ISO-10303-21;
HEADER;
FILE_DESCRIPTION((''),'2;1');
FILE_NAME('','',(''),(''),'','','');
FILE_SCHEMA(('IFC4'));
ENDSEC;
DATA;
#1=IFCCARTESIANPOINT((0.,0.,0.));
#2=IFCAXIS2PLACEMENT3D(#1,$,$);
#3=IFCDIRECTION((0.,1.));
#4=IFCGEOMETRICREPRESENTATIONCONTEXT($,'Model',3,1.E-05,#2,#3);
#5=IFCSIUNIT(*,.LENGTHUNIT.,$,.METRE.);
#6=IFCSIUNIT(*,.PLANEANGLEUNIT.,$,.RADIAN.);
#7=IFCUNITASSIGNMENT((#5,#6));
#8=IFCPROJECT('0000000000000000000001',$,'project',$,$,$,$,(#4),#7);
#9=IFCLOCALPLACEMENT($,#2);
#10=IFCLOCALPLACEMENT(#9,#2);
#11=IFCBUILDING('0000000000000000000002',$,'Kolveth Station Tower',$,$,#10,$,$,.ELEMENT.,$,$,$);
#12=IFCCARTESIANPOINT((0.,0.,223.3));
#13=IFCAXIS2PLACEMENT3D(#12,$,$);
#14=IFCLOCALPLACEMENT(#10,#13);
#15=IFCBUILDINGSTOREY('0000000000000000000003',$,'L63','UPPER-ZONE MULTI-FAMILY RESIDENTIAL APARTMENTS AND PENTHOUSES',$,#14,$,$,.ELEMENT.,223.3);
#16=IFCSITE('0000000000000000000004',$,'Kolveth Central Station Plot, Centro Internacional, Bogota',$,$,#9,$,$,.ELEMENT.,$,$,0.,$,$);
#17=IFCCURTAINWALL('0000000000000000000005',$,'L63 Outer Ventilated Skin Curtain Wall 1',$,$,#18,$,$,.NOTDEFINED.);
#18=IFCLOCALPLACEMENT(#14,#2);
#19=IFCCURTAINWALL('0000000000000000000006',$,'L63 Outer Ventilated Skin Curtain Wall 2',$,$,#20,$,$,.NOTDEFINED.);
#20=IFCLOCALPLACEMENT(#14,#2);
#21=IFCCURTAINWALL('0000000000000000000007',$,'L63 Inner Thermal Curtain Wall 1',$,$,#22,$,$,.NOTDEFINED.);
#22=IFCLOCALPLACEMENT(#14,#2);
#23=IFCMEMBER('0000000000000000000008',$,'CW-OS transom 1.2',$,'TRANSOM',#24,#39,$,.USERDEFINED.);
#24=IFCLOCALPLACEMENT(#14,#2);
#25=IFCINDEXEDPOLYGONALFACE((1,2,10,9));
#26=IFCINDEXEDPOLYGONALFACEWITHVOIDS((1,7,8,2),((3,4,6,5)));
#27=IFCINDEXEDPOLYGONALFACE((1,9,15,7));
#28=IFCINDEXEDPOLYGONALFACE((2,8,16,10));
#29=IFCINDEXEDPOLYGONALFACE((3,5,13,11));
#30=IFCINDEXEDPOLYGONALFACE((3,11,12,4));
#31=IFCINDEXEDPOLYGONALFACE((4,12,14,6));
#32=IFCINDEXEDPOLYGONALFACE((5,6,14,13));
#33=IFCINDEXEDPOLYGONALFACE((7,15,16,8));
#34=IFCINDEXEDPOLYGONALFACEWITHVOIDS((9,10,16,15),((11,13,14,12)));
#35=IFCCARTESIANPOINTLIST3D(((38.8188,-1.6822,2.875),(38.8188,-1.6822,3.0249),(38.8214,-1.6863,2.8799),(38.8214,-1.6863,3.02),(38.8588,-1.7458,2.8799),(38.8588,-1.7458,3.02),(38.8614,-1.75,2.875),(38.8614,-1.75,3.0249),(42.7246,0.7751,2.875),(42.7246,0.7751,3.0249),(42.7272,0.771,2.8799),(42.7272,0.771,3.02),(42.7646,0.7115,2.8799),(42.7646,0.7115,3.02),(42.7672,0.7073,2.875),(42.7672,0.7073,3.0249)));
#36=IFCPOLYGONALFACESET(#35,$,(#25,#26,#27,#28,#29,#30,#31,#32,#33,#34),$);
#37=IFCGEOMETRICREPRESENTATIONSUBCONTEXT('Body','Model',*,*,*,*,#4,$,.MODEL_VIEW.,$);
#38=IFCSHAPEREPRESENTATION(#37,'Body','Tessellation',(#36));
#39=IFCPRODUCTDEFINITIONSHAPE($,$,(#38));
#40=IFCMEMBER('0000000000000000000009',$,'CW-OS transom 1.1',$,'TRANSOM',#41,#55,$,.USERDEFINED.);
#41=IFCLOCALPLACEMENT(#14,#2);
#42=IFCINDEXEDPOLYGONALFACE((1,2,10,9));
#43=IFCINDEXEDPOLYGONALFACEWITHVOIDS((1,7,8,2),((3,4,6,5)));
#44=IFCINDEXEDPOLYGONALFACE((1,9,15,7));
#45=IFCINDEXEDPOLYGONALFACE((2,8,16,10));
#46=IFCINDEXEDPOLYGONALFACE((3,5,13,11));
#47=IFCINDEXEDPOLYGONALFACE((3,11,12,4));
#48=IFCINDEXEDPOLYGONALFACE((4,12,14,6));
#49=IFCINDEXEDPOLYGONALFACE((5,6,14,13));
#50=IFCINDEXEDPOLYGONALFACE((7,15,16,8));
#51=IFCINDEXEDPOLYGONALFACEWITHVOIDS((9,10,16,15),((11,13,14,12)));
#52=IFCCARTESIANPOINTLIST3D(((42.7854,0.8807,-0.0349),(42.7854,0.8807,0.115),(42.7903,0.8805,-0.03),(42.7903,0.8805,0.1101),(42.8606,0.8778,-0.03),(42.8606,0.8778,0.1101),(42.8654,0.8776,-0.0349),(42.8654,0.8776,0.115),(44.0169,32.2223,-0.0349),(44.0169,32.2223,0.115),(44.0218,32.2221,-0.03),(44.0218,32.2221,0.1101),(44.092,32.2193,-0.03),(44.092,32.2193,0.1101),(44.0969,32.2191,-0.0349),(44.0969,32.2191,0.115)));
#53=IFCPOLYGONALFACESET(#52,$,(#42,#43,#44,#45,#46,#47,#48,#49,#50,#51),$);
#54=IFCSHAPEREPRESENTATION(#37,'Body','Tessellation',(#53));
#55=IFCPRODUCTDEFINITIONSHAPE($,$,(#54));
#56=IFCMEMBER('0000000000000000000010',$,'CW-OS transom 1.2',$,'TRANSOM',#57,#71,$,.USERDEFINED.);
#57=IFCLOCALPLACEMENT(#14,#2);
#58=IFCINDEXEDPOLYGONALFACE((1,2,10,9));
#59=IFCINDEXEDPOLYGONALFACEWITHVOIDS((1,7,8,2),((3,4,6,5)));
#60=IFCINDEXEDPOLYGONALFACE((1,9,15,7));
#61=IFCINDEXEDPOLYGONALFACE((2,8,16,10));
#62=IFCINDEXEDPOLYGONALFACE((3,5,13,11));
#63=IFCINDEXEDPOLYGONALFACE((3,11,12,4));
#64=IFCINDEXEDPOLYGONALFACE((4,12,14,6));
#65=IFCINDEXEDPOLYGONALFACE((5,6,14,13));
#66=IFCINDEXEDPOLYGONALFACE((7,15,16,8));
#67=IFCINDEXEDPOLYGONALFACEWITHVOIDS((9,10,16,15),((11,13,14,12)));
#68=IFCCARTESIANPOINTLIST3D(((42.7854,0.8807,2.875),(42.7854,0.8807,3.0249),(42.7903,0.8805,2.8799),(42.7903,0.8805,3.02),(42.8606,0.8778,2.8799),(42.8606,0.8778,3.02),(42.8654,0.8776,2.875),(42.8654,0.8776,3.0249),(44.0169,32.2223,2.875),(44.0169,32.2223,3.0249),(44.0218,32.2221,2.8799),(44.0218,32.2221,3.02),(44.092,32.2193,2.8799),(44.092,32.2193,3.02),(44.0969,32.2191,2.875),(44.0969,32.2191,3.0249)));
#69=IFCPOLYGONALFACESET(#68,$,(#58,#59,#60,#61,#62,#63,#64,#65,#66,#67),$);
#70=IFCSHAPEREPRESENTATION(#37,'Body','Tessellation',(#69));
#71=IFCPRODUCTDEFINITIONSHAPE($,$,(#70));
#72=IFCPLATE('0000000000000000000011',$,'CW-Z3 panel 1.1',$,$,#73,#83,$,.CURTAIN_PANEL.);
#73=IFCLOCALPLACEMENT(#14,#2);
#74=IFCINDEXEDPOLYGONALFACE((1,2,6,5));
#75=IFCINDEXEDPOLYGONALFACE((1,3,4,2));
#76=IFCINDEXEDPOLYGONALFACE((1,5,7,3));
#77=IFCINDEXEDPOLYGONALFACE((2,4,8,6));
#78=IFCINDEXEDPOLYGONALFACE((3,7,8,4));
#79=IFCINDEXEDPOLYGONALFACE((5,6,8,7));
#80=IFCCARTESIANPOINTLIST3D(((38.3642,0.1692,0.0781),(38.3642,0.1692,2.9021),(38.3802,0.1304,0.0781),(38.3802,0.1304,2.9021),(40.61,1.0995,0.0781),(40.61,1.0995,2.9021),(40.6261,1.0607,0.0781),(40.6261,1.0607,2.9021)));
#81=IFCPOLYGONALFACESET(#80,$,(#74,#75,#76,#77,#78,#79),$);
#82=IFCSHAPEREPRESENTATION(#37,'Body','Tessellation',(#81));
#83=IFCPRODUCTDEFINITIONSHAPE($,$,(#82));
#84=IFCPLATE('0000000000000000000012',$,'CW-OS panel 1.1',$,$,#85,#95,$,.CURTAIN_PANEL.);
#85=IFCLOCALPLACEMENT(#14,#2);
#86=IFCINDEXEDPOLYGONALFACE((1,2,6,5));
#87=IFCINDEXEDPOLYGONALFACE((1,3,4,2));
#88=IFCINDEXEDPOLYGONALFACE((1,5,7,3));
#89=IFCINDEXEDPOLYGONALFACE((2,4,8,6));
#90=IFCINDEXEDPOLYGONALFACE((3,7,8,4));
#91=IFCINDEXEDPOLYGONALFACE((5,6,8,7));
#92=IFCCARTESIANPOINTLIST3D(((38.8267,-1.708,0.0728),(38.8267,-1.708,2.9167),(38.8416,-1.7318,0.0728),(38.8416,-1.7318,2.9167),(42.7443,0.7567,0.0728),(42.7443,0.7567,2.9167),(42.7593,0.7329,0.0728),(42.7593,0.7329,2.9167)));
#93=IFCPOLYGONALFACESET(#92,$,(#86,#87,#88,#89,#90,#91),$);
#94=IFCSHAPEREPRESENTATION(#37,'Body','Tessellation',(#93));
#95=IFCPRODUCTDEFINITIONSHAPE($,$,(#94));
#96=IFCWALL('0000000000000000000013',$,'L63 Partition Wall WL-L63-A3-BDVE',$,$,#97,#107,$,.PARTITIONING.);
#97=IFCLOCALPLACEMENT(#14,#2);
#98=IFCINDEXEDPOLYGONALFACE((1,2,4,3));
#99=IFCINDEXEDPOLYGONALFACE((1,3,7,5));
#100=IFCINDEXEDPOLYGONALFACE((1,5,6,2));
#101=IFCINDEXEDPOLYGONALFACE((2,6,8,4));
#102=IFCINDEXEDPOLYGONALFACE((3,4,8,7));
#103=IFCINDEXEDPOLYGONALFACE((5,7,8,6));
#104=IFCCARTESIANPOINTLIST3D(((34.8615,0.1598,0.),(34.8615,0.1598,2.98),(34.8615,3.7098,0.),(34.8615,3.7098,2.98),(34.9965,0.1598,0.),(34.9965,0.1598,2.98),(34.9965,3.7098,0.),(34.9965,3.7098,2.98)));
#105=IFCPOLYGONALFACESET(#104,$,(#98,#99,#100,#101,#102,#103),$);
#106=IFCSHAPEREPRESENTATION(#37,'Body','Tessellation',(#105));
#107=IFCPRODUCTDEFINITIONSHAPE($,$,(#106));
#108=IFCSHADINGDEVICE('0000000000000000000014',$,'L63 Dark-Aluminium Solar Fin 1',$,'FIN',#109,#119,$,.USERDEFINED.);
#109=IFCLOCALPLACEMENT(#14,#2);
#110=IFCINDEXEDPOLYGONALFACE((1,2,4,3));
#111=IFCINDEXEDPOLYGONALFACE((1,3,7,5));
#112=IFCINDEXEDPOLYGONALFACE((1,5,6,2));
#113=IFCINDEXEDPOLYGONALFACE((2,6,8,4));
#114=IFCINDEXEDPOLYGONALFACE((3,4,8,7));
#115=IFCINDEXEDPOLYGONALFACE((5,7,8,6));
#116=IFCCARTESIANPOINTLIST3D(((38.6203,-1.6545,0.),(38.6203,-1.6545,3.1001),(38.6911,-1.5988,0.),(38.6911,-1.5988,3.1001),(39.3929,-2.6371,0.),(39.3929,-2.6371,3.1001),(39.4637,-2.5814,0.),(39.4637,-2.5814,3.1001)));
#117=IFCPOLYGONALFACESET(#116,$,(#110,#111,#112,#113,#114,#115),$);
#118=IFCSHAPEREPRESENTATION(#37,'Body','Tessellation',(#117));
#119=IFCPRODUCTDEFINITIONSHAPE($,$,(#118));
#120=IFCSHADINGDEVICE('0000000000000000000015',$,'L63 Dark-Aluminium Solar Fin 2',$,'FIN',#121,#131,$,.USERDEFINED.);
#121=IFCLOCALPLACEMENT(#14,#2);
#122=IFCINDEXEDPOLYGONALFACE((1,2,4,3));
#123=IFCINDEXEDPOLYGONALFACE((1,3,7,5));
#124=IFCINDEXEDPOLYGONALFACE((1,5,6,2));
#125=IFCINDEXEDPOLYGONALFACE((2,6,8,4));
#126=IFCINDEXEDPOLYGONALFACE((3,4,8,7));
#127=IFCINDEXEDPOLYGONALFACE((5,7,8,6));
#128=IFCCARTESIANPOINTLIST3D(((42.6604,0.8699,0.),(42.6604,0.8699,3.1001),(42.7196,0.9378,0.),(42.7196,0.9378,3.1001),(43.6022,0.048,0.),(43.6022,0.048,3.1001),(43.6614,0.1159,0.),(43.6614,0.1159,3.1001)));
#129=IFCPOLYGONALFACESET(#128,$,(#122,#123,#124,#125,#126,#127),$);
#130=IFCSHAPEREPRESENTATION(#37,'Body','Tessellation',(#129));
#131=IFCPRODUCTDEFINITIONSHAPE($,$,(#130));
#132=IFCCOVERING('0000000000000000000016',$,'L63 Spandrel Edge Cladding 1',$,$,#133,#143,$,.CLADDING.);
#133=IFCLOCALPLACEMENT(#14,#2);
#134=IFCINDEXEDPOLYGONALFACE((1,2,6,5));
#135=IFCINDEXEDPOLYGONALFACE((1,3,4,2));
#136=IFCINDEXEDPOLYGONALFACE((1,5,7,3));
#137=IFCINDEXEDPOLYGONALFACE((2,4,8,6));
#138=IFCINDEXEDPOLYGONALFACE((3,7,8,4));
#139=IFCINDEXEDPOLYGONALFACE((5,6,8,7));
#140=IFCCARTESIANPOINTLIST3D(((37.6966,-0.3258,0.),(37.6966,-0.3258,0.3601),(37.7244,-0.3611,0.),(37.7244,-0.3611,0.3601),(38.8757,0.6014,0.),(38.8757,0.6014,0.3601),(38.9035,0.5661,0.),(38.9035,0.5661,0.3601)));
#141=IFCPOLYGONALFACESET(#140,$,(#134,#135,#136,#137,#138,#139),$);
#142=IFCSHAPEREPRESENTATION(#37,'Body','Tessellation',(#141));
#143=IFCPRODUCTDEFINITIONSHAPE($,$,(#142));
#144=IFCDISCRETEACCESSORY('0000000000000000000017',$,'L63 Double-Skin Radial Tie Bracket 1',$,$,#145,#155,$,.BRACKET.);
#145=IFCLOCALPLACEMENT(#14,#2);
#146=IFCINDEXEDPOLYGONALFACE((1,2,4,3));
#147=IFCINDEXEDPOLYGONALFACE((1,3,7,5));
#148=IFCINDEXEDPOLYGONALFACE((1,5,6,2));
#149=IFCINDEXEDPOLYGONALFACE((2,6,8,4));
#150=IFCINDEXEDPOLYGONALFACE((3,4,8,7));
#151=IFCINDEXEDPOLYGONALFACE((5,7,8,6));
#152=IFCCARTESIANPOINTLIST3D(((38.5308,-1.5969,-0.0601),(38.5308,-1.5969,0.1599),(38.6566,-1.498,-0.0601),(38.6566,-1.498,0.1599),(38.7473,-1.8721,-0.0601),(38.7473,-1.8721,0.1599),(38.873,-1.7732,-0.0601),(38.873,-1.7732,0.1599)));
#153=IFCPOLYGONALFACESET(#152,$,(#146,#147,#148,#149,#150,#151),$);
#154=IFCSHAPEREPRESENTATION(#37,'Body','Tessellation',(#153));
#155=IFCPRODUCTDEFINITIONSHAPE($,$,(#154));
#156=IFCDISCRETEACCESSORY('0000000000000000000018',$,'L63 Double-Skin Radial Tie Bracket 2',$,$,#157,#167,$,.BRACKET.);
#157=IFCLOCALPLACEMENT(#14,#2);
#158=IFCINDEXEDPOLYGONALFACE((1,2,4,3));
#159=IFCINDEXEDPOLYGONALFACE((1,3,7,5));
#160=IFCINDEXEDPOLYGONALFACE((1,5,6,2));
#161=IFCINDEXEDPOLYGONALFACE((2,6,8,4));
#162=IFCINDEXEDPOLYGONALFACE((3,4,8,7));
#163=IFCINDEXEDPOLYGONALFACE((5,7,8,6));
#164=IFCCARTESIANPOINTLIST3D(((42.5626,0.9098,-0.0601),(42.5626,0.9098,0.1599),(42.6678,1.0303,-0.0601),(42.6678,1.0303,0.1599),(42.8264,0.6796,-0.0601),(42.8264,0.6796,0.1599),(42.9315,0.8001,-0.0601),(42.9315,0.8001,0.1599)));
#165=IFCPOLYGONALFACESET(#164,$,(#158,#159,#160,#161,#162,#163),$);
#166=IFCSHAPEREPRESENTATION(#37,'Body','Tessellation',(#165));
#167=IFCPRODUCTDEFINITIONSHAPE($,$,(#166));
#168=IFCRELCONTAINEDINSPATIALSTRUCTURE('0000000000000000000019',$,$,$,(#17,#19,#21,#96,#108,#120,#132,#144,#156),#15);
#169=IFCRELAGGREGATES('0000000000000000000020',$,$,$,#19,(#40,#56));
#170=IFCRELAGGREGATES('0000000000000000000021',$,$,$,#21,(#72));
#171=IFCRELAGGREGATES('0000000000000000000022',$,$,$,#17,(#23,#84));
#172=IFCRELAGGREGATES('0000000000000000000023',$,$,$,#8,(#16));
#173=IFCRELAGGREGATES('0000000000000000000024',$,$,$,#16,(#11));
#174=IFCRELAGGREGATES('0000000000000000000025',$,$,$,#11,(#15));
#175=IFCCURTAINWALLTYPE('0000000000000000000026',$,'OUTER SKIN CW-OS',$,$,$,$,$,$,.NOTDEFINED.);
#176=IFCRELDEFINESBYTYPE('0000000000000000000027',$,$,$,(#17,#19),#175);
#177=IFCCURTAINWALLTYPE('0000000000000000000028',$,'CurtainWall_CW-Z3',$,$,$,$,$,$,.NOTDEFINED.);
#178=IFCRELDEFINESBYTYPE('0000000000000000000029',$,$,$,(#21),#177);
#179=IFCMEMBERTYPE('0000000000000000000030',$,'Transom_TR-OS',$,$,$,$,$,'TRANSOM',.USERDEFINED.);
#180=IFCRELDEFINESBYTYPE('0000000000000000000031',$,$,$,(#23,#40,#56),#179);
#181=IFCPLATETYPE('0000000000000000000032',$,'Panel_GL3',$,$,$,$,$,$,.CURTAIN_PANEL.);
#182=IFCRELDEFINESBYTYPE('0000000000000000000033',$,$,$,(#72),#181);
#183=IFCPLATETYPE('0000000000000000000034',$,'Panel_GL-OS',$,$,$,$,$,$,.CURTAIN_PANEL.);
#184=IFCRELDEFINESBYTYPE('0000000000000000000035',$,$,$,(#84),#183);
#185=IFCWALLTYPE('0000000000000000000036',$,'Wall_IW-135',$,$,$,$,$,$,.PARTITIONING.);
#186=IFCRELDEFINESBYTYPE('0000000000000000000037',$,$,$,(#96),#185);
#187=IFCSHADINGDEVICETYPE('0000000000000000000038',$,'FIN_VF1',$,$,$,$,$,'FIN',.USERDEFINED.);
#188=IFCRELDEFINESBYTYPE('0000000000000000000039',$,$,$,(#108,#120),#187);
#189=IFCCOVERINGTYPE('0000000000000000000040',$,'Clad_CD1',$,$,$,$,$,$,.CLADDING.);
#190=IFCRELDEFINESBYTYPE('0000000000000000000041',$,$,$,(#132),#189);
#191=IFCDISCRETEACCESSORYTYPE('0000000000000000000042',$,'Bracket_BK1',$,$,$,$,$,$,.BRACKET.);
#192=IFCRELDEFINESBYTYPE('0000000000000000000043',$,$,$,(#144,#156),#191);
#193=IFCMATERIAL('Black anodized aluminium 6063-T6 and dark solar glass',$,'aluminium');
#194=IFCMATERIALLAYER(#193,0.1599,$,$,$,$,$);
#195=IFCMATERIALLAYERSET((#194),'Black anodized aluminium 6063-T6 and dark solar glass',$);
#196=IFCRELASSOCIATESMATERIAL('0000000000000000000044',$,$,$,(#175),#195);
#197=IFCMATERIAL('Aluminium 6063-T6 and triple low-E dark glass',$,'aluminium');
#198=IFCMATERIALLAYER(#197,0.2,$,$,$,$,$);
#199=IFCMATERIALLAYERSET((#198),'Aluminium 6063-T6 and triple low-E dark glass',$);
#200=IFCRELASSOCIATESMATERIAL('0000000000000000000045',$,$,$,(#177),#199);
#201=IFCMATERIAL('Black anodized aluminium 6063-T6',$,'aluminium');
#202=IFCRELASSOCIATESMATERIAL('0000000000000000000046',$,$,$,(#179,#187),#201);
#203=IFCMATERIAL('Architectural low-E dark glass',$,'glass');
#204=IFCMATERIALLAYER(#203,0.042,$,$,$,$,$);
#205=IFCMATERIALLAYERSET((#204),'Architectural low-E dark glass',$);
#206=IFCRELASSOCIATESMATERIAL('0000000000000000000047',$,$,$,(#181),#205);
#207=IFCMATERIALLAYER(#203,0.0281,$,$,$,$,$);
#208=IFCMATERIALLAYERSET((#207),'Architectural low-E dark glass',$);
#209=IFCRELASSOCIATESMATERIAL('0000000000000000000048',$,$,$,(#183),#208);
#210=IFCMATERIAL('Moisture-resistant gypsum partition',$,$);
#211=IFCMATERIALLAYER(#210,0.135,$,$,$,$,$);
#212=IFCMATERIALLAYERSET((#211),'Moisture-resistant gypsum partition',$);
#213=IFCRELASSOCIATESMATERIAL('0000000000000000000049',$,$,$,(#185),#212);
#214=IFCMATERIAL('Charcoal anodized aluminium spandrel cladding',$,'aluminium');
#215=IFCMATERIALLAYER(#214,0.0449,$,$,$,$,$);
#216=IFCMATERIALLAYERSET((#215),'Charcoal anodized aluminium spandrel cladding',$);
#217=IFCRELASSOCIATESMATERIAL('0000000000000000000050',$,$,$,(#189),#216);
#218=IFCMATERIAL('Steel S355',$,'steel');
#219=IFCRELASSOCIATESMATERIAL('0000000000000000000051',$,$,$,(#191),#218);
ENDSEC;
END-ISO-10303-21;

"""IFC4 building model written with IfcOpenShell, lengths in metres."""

from ifc_helpers import new_model, si_unit, direction, frame, frame_2d, origin, origin_2d, place, context, subcontext, project, spatial, rectangle, hollow_rectangle, extrude, source, transform, mapped, material, layer, layer_set, material_profile, profile_set, type_object, element, aggregate, save


model = new_model("IFC4")

# Units and contexts
model_context = context("Model", 3, precision=1e-05, world=origin(), true_north=direction((0.0, 1.0)))
body_context = subcontext(model_context, "Body", "Model", "MODEL_VIEW")
ifc_project = project(units=[si_unit("LENGTHUNIT", "METRE"), si_unit("PLANEANGLEUNIT", "RADIAN")], contexts=[model_context])

# Site, building, storey
site_placement = place(None, origin())
site = spatial("IfcSite", under=ifc_project, at=site_placement, Name="Kolveth Central Station Plot, Centro Internacional, Bogota", CompositionType="ELEMENT", RefElevation=0.0)
building_placement = place(site_placement, origin())
building = spatial("IfcBuilding", under=site, at=building_placement, Name="Kolveth Station Tower", CompositionType="ELEMENT")
storey_placement = place(building_placement, frame((0.0, 0.0, 223.3)))
storey = spatial("IfcBuildingStorey", under=building, at=storey_placement, Name="L63", Description="UPPER-ZONE MULTI-FAMILY RESIDENTIAL APARTMENTS AND PENTHOUSES", CompositionType="ELEMENT", Elevation=223.3)

# Curtain wall
ifc_material_1 = material(Name="Black anodized aluminium 6063-T6 and dark solar glass", Category="aluminium")
ifc_layer_1 = layer(ifc_material_1, 0.1599)
ifc_layer_set_1 = layer_set([ifc_layer_1], Name="Black anodized aluminium 6063-T6 and dark solar glass")
curtain_wall_type_1 = type_object("IfcCurtainWallType", Name="OUTER SKIN CW-OS", PredefinedType="NOTDEFINED", material=ifc_layer_set_1)
curtain_wall_1_placement = place(storey_placement, origin())
curtain_wall_1 = element("IfcCurtainWall", 1, at=curtain_wall_1_placement, inside=storey, type_object=curtain_wall_type_1, Name="L63 Outer Ventilated Skin Curtain Wall 1", PredefinedType="NOTDEFINED")
ifc_material_2 = material(Name="Black anodized aluminium 6063-T6", Category="aluminium")

# Curtain wall
curtain_wall_2_placement = place(storey_placement, origin())
curtain_wall_2 = element("IfcCurtainWall", 2, at=curtain_wall_2_placement, inside=storey, type_object=curtain_wall_type_1, Name="L63 Outer Ventilated Skin Curtain Wall 2", PredefinedType="NOTDEFINED")

# Curtain wall
ifc_material_3 = material(Name="Aluminium 6063-T6 and triple low-E dark glass", Category="aluminium")
ifc_layer_2 = layer(ifc_material_3, 0.2)
ifc_layer_set_2 = layer_set([ifc_layer_2], Name="Aluminium 6063-T6 and triple low-E dark glass")
curtain_wall_type_2 = type_object("IfcCurtainWallType", Name="CurtainWall_CW-Z3", PredefinedType="NOTDEFINED", material=ifc_layer_set_2)
curtain_wall_3_placement = place(storey_placement, origin())
curtain_wall_3 = element("IfcCurtainWall", 3, at=curtain_wall_3_placement, inside=storey, type_object=curtain_wall_type_2, Name="L63 Inner Thermal Curtain Wall 1", PredefinedType="NOTDEFINED")

# Members
ifc_material_profile_1 = material_profile(ifc_material_2, hollow_rectangle(XDim=0.0801, YDim=0.1499, WallThickness=0.0049, at=origin_2d()), Name="ALU-80x150x5")
ifc_profile_set_1 = profile_set([ifc_material_profile_1], Name="Black anodized aluminium 6063-T6")
member_type_1 = type_object("IfcMemberType", Name="Transom_TR-OS", ElementType="TRANSOM", PredefinedType="USERDEFINED", material=ifc_profile_set_1)
shared_shape_1 = source(origin(), body_context, "Body", "SweptSolid", [
    extrude(hollow_rectangle(XDim=0.0801, YDim=0.1499, WallThickness=0.0049, at=origin_2d()), origin(), (0.0, 0.0, 1.0), 4.6145),
])
member_1_placement = place(storey_placement, frame((38.8401, -1.7161, 2.95), z_axis=(0.846419, 0.532517, 0.0), x_axis=(-0.532517, 0.846419, 0.0)))
member_1 = element("IfcMember", 4, at=member_1_placement, type_object=member_type_1, Name="CW-OS transom 1.2", ObjectType="TRANSOM", PredefinedType="USERDEFINED", context=body_context, shape_type="MappedRepresentation", body=[
    mapped(shared_shape_1, transform((0.0, 0.0, 0.0), x_axis=(1.0, 0.0, 0.0), y_axis=(0.0, 1.0, 0.0), z_axis=(0.0, 0.0, 1.0), scale=1.0)),
])
shared_shape_2 = source(origin(), body_context, "Body", "SweptSolid", [
    extrude(hollow_rectangle(XDim=0.0801, YDim=0.1499, WallThickness=0.0049, at=origin_2d()), origin(), (0.0, 0.0, 1.0), 31.3657),
])
member_2_placement = place(storey_placement, frame((42.8254, 0.8792, 0.04), z_axis=(0.039261, 0.999229, 0.0), x_axis=(-0.999229, 0.039261, 0.0)))
member_2 = element("IfcMember", 5, at=member_2_placement, type_object=member_type_1, Name="CW-OS transom 1.1", ObjectType="TRANSOM", PredefinedType="USERDEFINED", context=body_context, shape_type="MappedRepresentation", body=[
    mapped(shared_shape_2, transform((0.0, 0.0, 0.0), x_axis=(1.0, 0.0, 0.0), y_axis=(0.0, 1.0, 0.0), z_axis=(0.0, 0.0, 1.0), scale=1.0)),
])
member_3_placement = place(storey_placement, frame((42.8254, 0.8792, 2.95), z_axis=(0.039261, 0.999229, 0.0), x_axis=(-0.999229, 0.039261, 0.0)))
member_3 = element("IfcMember", 6, at=member_3_placement, type_object=member_type_1, Name="CW-OS transom 1.2", ObjectType="TRANSOM", PredefinedType="USERDEFINED", context=body_context, shape_type="MappedRepresentation", body=[
    mapped(shared_shape_2, transform((0.0, 0.0, 0.0), x_axis=(1.0, 0.0, 0.0), y_axis=(0.0, 1.0, 0.0), z_axis=(0.0, 0.0, 1.0), scale=1.0)),
])
aggregate(curtain_wall_2, [member_2, member_3])

# Plates
ifc_material_4 = material(Name="Architectural low-E dark glass", Category="glass")
ifc_layer_3 = layer(ifc_material_4, 0.042)
ifc_layer_set_3 = layer_set([ifc_layer_3], Name="Architectural low-E dark glass")
plate_type_1 = type_object("IfcPlateType", Name="Panel_GL3", PredefinedType="CURTAIN_PANEL", material=ifc_layer_set_3)
shared_shape_3 = source(origin(), body_context, "Body", "SweptSolid", [
    extrude(rectangle(XDim=2.4309, YDim=0.042, at=origin_2d()), origin(), (0.0, 0.0, 1.0), 2.824),
])
plate_1_placement = place(storey_placement, frame((39.4951, 0.615, 0.0781), z_axis=(0.0, 0.0, 1.0), x_axis=(0.923875, 0.382693, 0.0)))
plate_1 = element("IfcPlate", 7, at=plate_1_placement, type_object=plate_type_1, Name="CW-Z3 panel 1.1", PredefinedType="CURTAIN_PANEL", context=body_context, shape_type="MappedRepresentation", body=[
    mapped(shared_shape_3, transform((0.0, 0.0, 0.0), x_axis=(1.0, 0.0, 0.0), y_axis=(0.0, 1.0, 0.0), z_axis=(0.0, 0.0, 1.0), scale=1.0)),
])
aggregate(curtain_wall_3, [plate_1])
ifc_layer_4 = layer(ifc_material_4, 0.0281)
ifc_layer_set_4 = layer_set([ifc_layer_4], Name="Architectural low-E dark glass")
plate_type_2 = type_object("IfcPlateType", Name="Panel_GL-OS", PredefinedType="CURTAIN_PANEL", material=ifc_layer_set_4)
shared_shape_4 = source(origin(), body_context, "Body", "SweptSolid", [
    extrude(rectangle(XDim=4.6284, YDim=0.0281, at=origin_2d()), origin(), (0.0, 0.0, 1.0), 2.844),
])
plate_2_placement = place(storey_placement, frame((40.793, -0.4875, 0.0728), z_axis=(0.0, 0.0, 1.0), x_axis=(0.846427, 0.532505, 0.0)))
plate_2 = element("IfcPlate", 8, at=plate_2_placement, type_object=plate_type_2, Name="CW-OS panel 1.1", PredefinedType="CURTAIN_PANEL", context=body_context, shape_type="MappedRepresentation", body=[
    mapped(shared_shape_4, transform((0.0, 0.0, 0.0), x_axis=(1.0, 0.0, 0.0), y_axis=(0.0, 1.0, 0.0), z_axis=(0.0, 0.0, 1.0), scale=1.0)),
])
aggregate(curtain_wall_1, [member_1, plate_2])

# Wall
ifc_material_5 = material(Name="Moisture-resistant gypsum partition")
ifc_layer_5 = layer(ifc_material_5, 0.135)
ifc_layer_set_5 = layer_set([ifc_layer_5], Name="Moisture-resistant gypsum partition")
wall_type = type_object("IfcWallType", Name="Wall_IW-135", PredefinedType="PARTITIONING", material=ifc_layer_set_5)
wall_placement = place(storey_placement, frame((34.929, 0.1599, 0.0), z_axis=(0.0, 0.0, 1.0), x_axis=(0.0, 1.0, 0.0)))
element("IfcWall", 9, at=wall_placement, inside=storey, type_object=wall_type, Name="L63 Partition Wall WL-L63-A3-BDVE", PredefinedType="PARTITIONING", context=body_context, shape_type="SweptSolid", body=[
    extrude(rectangle(XDim=3.55, YDim=0.135, at=frame_2d((1.7749, 0.0))), origin(), (0.0, 0.0, 1.0), 2.98),
])

# Shading devices
shading_device_type = type_object("IfcShadingDeviceType", Name="FIN_VF1", ElementType="FIN", PredefinedType="USERDEFINED", material=ifc_material_2)
shared_shape_5 = source(origin(), body_context, "Body", "SweptSolid", [
    extrude(rectangle(XDim=1.25, YDim=0.0901, at=origin_2d()), origin(), (0.0, 0.0, 1.0), 3.1001),
])
for number, where, z_axis, x_axis, name in (
    (10, (39.042, -2.1179, 0.0), (0.0, 0.0, 1.0), (0.618134, -0.786073, 0.0), "L63 Dark-Aluminium Solar Fin 1"),
    (11, (43.1609, 0.4929, 0.0), (0.0, 0.0, 1.0), (0.753449, -0.657507, 0.0), "L63 Dark-Aluminium Solar Fin 2"),
):
    element("IfcShadingDevice", number, at=place(storey_placement, frame(where, z_axis=z_axis, x_axis=x_axis)), inside=storey, type_object=shading_device_type, Name=name, ObjectType="FIN", PredefinedType="USERDEFINED", context=body_context, shape_type="MappedRepresentation", body=[
        mapped(shared_shape_5, transform((0.0, 0.0, 0.0), x_axis=(1.0, 0.0, 0.0), y_axis=(0.0, 1.0, 0.0), z_axis=(0.0, 0.0, 1.0), scale=1.0)),
    ])

# Covering
ifc_material_6 = material(Name="Charcoal anodized aluminium spandrel cladding", Category="aluminium")
ifc_layer_6 = layer(ifc_material_6, 0.0449)
ifc_layer_set_6 = layer_set([ifc_layer_6], Name="Charcoal anodized aluminium spandrel cladding")
covering_type = type_object("IfcCoveringType", Name="Clad_CD1", PredefinedType="CLADDING", material=ifc_layer_set_6)
shared_shape_6 = source(origin(), body_context, "Body", "SweptSolid", [
    extrude(rectangle(XDim=1.5, YDim=0.0449, at=origin_2d()), origin(), (0.0, 0.0, 1.0), 0.3601),
])
covering_placement = place(storey_placement, frame((38.3, 0.1201, 0.0), z_axis=(0.0, 0.0, 1.0), x_axis=(0.786073, 0.618134, 0.0)))
element("IfcCovering", 12, at=covering_placement, inside=storey, type_object=covering_type, Name="L63 Spandrel Edge Cladding 1", PredefinedType="CLADDING", context=body_context, shape_type="MappedRepresentation", body=[
    mapped(shared_shape_6, transform((0.0, 0.0, 0.0), x_axis=(1.0, 0.0, 0.0), y_axis=(0.0, 1.0, 0.0), z_axis=(0.0, 0.0, 1.0), scale=1.0)),
])

# Discrete accessories
ifc_material_7 = material(Name="Steel S355", Category="steel")
discrete_accessory_type = type_object("IfcDiscreteAccessoryType", Name="Bracket_BK1", PredefinedType="BRACKET", material=ifc_material_7)
shared_shape_7 = source(origin(), body_context, "Body", "SweptSolid", [
    extrude(rectangle(XDim=0.3501, YDim=0.1599, at=origin_2d()), origin(), (0.0, 0.0, 1.0), 0.22),
])
for number, where, z_axis, x_axis, name in (
    (13, (38.7019, -1.6851, -0.0601), (0.0, 0.0, 1.0), (0.618134, -0.786073, 0.0), "L63 Double-Skin Radial Tie Bracket 1"),
    (14, (42.7471, 0.855, -0.0601), (0.0, 0.0, 1.0), (0.753449, -0.657507, 0.0), "L63 Double-Skin Radial Tie Bracket 2"),
):
    element("IfcDiscreteAccessory", number, at=place(storey_placement, frame(where, z_axis=z_axis, x_axis=x_axis)), inside=storey, type_object=discrete_accessory_type, Name=name, PredefinedType="BRACKET", context=body_context, shape_type="MappedRepresentation", body=[
        mapped(shared_shape_7, transform((0.0, 0.0, 0.0), x_axis=(1.0, 0.0, 0.0), y_axis=(0.0, 1.0, 0.0), z_axis=(0.0, 0.0, 1.0), scale=1.0)),
    ])

save(model, "model.ifc")
